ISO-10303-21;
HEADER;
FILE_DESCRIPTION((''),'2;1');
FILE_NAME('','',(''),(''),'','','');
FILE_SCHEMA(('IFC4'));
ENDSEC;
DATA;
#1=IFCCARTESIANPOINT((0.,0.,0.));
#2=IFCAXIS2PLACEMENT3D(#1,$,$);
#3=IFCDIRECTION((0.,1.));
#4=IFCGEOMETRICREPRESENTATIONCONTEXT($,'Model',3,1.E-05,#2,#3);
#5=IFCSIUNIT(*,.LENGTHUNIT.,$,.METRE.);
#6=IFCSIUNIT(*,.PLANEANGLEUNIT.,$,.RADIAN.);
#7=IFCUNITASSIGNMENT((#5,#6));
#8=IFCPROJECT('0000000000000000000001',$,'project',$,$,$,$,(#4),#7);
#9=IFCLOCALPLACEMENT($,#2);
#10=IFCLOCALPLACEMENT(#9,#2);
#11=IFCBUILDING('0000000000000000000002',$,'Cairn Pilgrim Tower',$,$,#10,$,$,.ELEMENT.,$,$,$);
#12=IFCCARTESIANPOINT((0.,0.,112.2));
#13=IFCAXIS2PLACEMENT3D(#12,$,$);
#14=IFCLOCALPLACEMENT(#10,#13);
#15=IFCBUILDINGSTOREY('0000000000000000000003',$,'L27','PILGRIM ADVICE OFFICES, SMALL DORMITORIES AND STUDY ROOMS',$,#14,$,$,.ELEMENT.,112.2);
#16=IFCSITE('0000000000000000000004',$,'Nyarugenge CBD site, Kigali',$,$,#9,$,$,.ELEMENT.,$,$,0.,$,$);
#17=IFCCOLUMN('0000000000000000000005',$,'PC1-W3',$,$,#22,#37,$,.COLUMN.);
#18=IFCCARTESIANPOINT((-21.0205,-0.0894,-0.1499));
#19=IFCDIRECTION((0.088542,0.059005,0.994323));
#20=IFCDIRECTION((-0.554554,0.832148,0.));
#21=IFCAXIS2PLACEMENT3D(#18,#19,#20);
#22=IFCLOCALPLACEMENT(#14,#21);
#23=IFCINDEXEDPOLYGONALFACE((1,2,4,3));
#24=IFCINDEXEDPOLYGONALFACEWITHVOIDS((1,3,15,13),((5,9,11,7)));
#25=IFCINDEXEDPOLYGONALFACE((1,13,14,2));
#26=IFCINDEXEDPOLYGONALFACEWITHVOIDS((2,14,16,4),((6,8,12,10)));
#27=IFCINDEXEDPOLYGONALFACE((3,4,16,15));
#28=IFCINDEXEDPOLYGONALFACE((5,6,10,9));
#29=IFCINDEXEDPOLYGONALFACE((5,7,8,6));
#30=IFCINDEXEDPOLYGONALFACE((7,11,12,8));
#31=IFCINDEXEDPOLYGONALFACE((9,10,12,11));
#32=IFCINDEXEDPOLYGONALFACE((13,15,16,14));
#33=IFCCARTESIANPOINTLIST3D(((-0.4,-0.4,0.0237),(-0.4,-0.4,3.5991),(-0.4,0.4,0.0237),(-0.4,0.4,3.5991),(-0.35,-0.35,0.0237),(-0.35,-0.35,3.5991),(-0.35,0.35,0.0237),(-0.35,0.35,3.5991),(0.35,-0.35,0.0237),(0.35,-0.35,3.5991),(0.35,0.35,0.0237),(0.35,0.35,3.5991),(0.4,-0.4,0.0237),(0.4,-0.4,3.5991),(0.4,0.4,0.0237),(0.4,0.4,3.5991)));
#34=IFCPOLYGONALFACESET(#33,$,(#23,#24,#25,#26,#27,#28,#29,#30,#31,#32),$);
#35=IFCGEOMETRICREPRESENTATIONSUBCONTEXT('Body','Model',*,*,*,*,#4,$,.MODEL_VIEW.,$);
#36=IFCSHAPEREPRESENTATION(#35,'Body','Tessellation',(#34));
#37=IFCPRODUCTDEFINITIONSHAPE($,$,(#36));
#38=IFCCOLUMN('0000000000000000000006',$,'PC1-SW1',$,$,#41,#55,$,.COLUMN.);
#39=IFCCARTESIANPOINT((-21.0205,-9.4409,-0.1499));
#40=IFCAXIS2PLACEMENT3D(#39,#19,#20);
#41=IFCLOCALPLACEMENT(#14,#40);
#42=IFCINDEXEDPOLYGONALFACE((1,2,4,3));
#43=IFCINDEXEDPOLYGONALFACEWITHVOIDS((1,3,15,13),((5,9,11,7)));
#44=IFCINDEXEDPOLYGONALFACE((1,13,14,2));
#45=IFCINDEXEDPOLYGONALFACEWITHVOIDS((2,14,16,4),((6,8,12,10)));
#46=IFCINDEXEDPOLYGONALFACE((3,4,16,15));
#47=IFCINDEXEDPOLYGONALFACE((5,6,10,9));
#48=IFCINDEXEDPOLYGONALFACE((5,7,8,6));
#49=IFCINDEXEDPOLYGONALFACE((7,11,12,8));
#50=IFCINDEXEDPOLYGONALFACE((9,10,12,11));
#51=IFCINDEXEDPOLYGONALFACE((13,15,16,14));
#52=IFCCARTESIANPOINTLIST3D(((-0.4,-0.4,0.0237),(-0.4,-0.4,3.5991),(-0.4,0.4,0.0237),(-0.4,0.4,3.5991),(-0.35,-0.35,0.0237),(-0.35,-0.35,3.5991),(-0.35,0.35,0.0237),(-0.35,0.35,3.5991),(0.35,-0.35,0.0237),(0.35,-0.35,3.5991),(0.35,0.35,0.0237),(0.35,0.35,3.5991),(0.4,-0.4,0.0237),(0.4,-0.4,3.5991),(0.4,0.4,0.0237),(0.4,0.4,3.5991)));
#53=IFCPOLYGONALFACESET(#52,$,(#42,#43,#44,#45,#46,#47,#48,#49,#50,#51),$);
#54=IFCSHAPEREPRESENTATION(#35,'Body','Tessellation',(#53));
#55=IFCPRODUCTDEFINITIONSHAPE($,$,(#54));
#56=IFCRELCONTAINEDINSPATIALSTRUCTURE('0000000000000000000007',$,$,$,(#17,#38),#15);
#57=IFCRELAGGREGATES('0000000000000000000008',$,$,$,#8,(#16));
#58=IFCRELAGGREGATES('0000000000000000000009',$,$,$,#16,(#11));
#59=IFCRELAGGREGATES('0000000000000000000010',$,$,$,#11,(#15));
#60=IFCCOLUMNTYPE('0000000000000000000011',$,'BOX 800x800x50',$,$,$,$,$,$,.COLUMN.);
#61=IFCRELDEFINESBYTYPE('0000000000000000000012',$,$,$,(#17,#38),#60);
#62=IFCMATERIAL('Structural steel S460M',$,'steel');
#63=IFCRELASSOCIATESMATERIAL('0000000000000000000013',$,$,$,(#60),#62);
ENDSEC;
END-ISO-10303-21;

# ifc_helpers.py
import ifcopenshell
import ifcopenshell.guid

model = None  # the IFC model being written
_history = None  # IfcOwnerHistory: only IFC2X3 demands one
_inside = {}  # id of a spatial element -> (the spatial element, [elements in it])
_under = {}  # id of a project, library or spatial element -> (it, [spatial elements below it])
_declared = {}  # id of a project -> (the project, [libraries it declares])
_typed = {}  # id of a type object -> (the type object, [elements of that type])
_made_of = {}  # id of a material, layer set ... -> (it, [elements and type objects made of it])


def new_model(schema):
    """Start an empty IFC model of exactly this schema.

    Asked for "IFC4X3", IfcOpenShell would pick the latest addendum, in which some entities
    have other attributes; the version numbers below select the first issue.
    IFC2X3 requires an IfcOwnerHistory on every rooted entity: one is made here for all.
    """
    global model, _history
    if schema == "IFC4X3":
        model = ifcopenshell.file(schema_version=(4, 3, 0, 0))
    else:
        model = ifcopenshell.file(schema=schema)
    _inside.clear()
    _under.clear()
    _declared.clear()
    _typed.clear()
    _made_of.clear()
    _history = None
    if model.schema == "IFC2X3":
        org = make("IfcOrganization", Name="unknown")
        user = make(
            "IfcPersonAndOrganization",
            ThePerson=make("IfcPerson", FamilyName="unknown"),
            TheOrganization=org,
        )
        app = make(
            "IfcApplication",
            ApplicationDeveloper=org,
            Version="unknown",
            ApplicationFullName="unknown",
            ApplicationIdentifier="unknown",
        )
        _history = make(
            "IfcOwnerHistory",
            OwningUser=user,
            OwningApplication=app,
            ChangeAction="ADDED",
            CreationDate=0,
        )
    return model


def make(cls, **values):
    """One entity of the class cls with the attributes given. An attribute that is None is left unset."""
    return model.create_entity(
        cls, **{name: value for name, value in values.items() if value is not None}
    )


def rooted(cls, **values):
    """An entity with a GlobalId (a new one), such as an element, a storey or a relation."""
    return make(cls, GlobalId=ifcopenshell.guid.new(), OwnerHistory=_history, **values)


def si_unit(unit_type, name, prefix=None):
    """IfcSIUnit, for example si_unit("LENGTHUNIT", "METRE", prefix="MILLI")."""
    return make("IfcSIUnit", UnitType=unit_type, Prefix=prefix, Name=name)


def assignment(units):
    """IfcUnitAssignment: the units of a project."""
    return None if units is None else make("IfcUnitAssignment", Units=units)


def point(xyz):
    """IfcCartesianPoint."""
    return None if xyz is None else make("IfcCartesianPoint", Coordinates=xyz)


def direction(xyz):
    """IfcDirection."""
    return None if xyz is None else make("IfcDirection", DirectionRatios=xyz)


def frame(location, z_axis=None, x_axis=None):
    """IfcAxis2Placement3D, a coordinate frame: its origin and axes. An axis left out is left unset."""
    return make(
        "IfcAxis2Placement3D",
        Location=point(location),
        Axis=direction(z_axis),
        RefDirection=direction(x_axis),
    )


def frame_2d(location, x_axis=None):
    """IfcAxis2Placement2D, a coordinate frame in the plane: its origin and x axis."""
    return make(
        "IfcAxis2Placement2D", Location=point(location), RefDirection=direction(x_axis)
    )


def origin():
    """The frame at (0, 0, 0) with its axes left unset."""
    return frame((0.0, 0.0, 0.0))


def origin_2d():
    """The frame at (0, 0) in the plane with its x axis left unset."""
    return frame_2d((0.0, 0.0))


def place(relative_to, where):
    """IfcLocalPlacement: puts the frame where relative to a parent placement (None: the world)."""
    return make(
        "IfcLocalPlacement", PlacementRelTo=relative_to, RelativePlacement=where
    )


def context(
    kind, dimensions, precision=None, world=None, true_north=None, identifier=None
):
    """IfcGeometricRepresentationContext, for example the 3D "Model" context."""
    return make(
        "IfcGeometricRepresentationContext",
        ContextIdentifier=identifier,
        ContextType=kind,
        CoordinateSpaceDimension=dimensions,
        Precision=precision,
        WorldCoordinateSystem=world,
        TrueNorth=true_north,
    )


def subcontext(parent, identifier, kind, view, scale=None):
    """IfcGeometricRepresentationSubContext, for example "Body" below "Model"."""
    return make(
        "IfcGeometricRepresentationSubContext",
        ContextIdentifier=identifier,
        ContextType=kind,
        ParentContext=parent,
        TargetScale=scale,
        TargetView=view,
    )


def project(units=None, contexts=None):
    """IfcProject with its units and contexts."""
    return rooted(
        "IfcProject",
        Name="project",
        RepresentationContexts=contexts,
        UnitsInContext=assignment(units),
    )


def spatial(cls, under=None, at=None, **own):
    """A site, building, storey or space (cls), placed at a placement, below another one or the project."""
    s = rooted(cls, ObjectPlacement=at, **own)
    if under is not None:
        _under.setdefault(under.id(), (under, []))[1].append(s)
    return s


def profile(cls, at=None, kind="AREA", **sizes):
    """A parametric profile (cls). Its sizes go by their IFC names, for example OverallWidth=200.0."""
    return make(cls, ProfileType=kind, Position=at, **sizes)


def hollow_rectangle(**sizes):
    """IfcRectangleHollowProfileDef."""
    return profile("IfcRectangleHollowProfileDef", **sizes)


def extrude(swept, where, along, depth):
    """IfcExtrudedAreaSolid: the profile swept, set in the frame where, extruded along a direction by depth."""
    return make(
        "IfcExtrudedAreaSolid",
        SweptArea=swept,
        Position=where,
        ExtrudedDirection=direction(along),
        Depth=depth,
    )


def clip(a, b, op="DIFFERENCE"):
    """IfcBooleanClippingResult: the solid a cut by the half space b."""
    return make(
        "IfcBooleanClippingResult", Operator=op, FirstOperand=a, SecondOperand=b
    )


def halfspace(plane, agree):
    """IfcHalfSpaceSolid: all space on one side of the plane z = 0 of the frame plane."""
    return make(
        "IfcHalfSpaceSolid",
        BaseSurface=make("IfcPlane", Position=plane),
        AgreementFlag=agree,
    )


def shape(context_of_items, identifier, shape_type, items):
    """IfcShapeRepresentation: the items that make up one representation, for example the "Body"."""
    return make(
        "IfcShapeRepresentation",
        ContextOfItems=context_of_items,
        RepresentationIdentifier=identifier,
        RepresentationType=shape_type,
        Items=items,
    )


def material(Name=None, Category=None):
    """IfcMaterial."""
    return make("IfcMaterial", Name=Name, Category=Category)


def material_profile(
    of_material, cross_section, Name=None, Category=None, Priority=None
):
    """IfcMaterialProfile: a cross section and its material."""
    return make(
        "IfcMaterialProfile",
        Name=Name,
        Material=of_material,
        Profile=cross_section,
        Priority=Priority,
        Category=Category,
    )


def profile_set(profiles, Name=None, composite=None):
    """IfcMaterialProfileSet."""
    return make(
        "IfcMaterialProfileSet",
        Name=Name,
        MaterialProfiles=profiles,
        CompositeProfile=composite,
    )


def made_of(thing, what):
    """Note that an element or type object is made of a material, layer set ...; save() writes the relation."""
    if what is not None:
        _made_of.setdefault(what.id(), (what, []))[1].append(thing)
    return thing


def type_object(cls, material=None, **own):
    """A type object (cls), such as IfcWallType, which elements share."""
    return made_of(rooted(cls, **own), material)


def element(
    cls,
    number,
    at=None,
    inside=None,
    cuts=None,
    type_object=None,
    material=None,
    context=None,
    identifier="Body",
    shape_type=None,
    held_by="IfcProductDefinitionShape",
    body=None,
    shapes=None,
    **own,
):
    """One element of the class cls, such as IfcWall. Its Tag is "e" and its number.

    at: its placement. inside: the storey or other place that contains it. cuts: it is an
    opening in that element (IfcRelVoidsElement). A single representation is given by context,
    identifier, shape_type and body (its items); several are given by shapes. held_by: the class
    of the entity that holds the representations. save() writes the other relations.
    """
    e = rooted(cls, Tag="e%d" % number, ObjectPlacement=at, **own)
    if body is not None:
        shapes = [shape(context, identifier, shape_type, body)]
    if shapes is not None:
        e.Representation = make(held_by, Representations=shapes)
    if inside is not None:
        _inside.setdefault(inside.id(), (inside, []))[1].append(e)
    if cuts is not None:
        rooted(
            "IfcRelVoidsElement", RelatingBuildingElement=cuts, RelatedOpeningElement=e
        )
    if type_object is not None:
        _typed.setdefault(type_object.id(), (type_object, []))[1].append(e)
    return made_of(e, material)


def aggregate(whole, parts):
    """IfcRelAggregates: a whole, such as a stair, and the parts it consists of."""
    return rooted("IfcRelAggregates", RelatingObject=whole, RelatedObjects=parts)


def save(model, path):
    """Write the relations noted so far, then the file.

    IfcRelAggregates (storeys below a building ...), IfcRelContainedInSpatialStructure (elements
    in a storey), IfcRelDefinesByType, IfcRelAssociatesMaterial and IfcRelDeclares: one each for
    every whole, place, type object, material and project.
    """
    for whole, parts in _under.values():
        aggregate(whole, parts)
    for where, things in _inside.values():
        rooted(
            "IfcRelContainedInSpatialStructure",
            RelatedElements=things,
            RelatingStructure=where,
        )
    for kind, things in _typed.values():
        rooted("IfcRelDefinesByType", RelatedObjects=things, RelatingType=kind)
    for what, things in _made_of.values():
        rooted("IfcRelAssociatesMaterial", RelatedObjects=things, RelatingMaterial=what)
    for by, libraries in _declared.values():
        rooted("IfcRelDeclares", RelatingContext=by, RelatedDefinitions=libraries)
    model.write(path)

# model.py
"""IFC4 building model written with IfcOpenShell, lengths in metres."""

from ifc_helpers import new_model, si_unit, direction, frame, origin, origin_2d, place, context, subcontext, project, spatial, hollow_rectangle, extrude, clip, halfspace, material, material_profile, profile_set, type_object, element, save


model = new_model("IFC4")

# Units and contexts
model_context = context("Model", 3, precision=1e-05, world=origin(), true_north=direction((0.0, 1.0)))
body_context = subcontext(model_context, "Body", "Model", "MODEL_VIEW")
ifc_project = project(units=[si_unit("LENGTHUNIT", "METRE"), si_unit("PLANEANGLEUNIT", "RADIAN")], contexts=[model_context])

# Site, building, storey
site_placement = place(None, origin())
site = spatial("IfcSite", under=ifc_project, at=site_placement, Name="Nyarugenge CBD site, Kigali", CompositionType="ELEMENT", RefElevation=0.0)
building_placement = place(site_placement, origin())
building = spatial("IfcBuilding", under=site, at=building_placement, Name="Cairn Pilgrim Tower", CompositionType="ELEMENT")
storey_placement = place(building_placement, frame((0.0, 0.0, 112.2)))
storey = spatial("IfcBuildingStorey", under=building, at=storey_placement, Name="L27", Description="PILGRIM ADVICE OFFICES, SMALL DORMITORIES AND STUDY ROOMS", CompositionType="ELEMENT", Elevation=112.2)

# Columns
ifc_material_1 = material(Name="Structural steel S460M", Category="steel")
ifc_material_profile_1 = material_profile(ifc_material_1, hollow_rectangle(XDim=0.8, YDim=0.8, WallThickness=0.05, at=origin_2d()), Name="BOX 800x800x50")
ifc_profile_set_1 = profile_set([ifc_material_profile_1], Name="Structural steel S460M")
column_type_1 = type_object("IfcColumnType", Name="BOX 800x800x50", PredefinedType="COLUMN", material=ifc_profile_set_1)
for number, where, z_axis, x_axis, name in (
    (1, (-21.0205, -0.0894, -0.1499), (0.088542, 0.059005, 0.994323), (-0.554554, 0.832148, 0.0), "PC1-W3"),
    (2, (-21.0205, -9.4409, -0.1499), (0.088542, 0.059005, 0.994323), (-0.554554, 0.832148, 0.0), "PC1-SW1"),
):
    element("IfcColumn", number, at=place(storey_placement, frame(where, z_axis=z_axis, x_axis=x_axis)), inside=storey, type_object=column_type_1, Name=name, PredefinedType="COLUMN", context=body_context, shape_type="Clipping", body=[
        clip(clip(extrude(hollow_rectangle(XDim=0.8, YDim=0.8, WallThickness=0.05, at=origin_2d()), origin(), (0.0, 0.0, 1.0), 3.6204), halfspace(frame((0.0, 0.0, 0.0237), z_axis=(0.0, 0.0, 1.0), x_axis=(1.0, 0.0, 0.0)), True)), halfspace(frame((0.0, 0.0, 3.5991), z_axis=(0.0, 0.0, 1.0), x_axis=(1.0, 0.0, 0.0)), False)),
    ])

save(model, "model.ifc")
